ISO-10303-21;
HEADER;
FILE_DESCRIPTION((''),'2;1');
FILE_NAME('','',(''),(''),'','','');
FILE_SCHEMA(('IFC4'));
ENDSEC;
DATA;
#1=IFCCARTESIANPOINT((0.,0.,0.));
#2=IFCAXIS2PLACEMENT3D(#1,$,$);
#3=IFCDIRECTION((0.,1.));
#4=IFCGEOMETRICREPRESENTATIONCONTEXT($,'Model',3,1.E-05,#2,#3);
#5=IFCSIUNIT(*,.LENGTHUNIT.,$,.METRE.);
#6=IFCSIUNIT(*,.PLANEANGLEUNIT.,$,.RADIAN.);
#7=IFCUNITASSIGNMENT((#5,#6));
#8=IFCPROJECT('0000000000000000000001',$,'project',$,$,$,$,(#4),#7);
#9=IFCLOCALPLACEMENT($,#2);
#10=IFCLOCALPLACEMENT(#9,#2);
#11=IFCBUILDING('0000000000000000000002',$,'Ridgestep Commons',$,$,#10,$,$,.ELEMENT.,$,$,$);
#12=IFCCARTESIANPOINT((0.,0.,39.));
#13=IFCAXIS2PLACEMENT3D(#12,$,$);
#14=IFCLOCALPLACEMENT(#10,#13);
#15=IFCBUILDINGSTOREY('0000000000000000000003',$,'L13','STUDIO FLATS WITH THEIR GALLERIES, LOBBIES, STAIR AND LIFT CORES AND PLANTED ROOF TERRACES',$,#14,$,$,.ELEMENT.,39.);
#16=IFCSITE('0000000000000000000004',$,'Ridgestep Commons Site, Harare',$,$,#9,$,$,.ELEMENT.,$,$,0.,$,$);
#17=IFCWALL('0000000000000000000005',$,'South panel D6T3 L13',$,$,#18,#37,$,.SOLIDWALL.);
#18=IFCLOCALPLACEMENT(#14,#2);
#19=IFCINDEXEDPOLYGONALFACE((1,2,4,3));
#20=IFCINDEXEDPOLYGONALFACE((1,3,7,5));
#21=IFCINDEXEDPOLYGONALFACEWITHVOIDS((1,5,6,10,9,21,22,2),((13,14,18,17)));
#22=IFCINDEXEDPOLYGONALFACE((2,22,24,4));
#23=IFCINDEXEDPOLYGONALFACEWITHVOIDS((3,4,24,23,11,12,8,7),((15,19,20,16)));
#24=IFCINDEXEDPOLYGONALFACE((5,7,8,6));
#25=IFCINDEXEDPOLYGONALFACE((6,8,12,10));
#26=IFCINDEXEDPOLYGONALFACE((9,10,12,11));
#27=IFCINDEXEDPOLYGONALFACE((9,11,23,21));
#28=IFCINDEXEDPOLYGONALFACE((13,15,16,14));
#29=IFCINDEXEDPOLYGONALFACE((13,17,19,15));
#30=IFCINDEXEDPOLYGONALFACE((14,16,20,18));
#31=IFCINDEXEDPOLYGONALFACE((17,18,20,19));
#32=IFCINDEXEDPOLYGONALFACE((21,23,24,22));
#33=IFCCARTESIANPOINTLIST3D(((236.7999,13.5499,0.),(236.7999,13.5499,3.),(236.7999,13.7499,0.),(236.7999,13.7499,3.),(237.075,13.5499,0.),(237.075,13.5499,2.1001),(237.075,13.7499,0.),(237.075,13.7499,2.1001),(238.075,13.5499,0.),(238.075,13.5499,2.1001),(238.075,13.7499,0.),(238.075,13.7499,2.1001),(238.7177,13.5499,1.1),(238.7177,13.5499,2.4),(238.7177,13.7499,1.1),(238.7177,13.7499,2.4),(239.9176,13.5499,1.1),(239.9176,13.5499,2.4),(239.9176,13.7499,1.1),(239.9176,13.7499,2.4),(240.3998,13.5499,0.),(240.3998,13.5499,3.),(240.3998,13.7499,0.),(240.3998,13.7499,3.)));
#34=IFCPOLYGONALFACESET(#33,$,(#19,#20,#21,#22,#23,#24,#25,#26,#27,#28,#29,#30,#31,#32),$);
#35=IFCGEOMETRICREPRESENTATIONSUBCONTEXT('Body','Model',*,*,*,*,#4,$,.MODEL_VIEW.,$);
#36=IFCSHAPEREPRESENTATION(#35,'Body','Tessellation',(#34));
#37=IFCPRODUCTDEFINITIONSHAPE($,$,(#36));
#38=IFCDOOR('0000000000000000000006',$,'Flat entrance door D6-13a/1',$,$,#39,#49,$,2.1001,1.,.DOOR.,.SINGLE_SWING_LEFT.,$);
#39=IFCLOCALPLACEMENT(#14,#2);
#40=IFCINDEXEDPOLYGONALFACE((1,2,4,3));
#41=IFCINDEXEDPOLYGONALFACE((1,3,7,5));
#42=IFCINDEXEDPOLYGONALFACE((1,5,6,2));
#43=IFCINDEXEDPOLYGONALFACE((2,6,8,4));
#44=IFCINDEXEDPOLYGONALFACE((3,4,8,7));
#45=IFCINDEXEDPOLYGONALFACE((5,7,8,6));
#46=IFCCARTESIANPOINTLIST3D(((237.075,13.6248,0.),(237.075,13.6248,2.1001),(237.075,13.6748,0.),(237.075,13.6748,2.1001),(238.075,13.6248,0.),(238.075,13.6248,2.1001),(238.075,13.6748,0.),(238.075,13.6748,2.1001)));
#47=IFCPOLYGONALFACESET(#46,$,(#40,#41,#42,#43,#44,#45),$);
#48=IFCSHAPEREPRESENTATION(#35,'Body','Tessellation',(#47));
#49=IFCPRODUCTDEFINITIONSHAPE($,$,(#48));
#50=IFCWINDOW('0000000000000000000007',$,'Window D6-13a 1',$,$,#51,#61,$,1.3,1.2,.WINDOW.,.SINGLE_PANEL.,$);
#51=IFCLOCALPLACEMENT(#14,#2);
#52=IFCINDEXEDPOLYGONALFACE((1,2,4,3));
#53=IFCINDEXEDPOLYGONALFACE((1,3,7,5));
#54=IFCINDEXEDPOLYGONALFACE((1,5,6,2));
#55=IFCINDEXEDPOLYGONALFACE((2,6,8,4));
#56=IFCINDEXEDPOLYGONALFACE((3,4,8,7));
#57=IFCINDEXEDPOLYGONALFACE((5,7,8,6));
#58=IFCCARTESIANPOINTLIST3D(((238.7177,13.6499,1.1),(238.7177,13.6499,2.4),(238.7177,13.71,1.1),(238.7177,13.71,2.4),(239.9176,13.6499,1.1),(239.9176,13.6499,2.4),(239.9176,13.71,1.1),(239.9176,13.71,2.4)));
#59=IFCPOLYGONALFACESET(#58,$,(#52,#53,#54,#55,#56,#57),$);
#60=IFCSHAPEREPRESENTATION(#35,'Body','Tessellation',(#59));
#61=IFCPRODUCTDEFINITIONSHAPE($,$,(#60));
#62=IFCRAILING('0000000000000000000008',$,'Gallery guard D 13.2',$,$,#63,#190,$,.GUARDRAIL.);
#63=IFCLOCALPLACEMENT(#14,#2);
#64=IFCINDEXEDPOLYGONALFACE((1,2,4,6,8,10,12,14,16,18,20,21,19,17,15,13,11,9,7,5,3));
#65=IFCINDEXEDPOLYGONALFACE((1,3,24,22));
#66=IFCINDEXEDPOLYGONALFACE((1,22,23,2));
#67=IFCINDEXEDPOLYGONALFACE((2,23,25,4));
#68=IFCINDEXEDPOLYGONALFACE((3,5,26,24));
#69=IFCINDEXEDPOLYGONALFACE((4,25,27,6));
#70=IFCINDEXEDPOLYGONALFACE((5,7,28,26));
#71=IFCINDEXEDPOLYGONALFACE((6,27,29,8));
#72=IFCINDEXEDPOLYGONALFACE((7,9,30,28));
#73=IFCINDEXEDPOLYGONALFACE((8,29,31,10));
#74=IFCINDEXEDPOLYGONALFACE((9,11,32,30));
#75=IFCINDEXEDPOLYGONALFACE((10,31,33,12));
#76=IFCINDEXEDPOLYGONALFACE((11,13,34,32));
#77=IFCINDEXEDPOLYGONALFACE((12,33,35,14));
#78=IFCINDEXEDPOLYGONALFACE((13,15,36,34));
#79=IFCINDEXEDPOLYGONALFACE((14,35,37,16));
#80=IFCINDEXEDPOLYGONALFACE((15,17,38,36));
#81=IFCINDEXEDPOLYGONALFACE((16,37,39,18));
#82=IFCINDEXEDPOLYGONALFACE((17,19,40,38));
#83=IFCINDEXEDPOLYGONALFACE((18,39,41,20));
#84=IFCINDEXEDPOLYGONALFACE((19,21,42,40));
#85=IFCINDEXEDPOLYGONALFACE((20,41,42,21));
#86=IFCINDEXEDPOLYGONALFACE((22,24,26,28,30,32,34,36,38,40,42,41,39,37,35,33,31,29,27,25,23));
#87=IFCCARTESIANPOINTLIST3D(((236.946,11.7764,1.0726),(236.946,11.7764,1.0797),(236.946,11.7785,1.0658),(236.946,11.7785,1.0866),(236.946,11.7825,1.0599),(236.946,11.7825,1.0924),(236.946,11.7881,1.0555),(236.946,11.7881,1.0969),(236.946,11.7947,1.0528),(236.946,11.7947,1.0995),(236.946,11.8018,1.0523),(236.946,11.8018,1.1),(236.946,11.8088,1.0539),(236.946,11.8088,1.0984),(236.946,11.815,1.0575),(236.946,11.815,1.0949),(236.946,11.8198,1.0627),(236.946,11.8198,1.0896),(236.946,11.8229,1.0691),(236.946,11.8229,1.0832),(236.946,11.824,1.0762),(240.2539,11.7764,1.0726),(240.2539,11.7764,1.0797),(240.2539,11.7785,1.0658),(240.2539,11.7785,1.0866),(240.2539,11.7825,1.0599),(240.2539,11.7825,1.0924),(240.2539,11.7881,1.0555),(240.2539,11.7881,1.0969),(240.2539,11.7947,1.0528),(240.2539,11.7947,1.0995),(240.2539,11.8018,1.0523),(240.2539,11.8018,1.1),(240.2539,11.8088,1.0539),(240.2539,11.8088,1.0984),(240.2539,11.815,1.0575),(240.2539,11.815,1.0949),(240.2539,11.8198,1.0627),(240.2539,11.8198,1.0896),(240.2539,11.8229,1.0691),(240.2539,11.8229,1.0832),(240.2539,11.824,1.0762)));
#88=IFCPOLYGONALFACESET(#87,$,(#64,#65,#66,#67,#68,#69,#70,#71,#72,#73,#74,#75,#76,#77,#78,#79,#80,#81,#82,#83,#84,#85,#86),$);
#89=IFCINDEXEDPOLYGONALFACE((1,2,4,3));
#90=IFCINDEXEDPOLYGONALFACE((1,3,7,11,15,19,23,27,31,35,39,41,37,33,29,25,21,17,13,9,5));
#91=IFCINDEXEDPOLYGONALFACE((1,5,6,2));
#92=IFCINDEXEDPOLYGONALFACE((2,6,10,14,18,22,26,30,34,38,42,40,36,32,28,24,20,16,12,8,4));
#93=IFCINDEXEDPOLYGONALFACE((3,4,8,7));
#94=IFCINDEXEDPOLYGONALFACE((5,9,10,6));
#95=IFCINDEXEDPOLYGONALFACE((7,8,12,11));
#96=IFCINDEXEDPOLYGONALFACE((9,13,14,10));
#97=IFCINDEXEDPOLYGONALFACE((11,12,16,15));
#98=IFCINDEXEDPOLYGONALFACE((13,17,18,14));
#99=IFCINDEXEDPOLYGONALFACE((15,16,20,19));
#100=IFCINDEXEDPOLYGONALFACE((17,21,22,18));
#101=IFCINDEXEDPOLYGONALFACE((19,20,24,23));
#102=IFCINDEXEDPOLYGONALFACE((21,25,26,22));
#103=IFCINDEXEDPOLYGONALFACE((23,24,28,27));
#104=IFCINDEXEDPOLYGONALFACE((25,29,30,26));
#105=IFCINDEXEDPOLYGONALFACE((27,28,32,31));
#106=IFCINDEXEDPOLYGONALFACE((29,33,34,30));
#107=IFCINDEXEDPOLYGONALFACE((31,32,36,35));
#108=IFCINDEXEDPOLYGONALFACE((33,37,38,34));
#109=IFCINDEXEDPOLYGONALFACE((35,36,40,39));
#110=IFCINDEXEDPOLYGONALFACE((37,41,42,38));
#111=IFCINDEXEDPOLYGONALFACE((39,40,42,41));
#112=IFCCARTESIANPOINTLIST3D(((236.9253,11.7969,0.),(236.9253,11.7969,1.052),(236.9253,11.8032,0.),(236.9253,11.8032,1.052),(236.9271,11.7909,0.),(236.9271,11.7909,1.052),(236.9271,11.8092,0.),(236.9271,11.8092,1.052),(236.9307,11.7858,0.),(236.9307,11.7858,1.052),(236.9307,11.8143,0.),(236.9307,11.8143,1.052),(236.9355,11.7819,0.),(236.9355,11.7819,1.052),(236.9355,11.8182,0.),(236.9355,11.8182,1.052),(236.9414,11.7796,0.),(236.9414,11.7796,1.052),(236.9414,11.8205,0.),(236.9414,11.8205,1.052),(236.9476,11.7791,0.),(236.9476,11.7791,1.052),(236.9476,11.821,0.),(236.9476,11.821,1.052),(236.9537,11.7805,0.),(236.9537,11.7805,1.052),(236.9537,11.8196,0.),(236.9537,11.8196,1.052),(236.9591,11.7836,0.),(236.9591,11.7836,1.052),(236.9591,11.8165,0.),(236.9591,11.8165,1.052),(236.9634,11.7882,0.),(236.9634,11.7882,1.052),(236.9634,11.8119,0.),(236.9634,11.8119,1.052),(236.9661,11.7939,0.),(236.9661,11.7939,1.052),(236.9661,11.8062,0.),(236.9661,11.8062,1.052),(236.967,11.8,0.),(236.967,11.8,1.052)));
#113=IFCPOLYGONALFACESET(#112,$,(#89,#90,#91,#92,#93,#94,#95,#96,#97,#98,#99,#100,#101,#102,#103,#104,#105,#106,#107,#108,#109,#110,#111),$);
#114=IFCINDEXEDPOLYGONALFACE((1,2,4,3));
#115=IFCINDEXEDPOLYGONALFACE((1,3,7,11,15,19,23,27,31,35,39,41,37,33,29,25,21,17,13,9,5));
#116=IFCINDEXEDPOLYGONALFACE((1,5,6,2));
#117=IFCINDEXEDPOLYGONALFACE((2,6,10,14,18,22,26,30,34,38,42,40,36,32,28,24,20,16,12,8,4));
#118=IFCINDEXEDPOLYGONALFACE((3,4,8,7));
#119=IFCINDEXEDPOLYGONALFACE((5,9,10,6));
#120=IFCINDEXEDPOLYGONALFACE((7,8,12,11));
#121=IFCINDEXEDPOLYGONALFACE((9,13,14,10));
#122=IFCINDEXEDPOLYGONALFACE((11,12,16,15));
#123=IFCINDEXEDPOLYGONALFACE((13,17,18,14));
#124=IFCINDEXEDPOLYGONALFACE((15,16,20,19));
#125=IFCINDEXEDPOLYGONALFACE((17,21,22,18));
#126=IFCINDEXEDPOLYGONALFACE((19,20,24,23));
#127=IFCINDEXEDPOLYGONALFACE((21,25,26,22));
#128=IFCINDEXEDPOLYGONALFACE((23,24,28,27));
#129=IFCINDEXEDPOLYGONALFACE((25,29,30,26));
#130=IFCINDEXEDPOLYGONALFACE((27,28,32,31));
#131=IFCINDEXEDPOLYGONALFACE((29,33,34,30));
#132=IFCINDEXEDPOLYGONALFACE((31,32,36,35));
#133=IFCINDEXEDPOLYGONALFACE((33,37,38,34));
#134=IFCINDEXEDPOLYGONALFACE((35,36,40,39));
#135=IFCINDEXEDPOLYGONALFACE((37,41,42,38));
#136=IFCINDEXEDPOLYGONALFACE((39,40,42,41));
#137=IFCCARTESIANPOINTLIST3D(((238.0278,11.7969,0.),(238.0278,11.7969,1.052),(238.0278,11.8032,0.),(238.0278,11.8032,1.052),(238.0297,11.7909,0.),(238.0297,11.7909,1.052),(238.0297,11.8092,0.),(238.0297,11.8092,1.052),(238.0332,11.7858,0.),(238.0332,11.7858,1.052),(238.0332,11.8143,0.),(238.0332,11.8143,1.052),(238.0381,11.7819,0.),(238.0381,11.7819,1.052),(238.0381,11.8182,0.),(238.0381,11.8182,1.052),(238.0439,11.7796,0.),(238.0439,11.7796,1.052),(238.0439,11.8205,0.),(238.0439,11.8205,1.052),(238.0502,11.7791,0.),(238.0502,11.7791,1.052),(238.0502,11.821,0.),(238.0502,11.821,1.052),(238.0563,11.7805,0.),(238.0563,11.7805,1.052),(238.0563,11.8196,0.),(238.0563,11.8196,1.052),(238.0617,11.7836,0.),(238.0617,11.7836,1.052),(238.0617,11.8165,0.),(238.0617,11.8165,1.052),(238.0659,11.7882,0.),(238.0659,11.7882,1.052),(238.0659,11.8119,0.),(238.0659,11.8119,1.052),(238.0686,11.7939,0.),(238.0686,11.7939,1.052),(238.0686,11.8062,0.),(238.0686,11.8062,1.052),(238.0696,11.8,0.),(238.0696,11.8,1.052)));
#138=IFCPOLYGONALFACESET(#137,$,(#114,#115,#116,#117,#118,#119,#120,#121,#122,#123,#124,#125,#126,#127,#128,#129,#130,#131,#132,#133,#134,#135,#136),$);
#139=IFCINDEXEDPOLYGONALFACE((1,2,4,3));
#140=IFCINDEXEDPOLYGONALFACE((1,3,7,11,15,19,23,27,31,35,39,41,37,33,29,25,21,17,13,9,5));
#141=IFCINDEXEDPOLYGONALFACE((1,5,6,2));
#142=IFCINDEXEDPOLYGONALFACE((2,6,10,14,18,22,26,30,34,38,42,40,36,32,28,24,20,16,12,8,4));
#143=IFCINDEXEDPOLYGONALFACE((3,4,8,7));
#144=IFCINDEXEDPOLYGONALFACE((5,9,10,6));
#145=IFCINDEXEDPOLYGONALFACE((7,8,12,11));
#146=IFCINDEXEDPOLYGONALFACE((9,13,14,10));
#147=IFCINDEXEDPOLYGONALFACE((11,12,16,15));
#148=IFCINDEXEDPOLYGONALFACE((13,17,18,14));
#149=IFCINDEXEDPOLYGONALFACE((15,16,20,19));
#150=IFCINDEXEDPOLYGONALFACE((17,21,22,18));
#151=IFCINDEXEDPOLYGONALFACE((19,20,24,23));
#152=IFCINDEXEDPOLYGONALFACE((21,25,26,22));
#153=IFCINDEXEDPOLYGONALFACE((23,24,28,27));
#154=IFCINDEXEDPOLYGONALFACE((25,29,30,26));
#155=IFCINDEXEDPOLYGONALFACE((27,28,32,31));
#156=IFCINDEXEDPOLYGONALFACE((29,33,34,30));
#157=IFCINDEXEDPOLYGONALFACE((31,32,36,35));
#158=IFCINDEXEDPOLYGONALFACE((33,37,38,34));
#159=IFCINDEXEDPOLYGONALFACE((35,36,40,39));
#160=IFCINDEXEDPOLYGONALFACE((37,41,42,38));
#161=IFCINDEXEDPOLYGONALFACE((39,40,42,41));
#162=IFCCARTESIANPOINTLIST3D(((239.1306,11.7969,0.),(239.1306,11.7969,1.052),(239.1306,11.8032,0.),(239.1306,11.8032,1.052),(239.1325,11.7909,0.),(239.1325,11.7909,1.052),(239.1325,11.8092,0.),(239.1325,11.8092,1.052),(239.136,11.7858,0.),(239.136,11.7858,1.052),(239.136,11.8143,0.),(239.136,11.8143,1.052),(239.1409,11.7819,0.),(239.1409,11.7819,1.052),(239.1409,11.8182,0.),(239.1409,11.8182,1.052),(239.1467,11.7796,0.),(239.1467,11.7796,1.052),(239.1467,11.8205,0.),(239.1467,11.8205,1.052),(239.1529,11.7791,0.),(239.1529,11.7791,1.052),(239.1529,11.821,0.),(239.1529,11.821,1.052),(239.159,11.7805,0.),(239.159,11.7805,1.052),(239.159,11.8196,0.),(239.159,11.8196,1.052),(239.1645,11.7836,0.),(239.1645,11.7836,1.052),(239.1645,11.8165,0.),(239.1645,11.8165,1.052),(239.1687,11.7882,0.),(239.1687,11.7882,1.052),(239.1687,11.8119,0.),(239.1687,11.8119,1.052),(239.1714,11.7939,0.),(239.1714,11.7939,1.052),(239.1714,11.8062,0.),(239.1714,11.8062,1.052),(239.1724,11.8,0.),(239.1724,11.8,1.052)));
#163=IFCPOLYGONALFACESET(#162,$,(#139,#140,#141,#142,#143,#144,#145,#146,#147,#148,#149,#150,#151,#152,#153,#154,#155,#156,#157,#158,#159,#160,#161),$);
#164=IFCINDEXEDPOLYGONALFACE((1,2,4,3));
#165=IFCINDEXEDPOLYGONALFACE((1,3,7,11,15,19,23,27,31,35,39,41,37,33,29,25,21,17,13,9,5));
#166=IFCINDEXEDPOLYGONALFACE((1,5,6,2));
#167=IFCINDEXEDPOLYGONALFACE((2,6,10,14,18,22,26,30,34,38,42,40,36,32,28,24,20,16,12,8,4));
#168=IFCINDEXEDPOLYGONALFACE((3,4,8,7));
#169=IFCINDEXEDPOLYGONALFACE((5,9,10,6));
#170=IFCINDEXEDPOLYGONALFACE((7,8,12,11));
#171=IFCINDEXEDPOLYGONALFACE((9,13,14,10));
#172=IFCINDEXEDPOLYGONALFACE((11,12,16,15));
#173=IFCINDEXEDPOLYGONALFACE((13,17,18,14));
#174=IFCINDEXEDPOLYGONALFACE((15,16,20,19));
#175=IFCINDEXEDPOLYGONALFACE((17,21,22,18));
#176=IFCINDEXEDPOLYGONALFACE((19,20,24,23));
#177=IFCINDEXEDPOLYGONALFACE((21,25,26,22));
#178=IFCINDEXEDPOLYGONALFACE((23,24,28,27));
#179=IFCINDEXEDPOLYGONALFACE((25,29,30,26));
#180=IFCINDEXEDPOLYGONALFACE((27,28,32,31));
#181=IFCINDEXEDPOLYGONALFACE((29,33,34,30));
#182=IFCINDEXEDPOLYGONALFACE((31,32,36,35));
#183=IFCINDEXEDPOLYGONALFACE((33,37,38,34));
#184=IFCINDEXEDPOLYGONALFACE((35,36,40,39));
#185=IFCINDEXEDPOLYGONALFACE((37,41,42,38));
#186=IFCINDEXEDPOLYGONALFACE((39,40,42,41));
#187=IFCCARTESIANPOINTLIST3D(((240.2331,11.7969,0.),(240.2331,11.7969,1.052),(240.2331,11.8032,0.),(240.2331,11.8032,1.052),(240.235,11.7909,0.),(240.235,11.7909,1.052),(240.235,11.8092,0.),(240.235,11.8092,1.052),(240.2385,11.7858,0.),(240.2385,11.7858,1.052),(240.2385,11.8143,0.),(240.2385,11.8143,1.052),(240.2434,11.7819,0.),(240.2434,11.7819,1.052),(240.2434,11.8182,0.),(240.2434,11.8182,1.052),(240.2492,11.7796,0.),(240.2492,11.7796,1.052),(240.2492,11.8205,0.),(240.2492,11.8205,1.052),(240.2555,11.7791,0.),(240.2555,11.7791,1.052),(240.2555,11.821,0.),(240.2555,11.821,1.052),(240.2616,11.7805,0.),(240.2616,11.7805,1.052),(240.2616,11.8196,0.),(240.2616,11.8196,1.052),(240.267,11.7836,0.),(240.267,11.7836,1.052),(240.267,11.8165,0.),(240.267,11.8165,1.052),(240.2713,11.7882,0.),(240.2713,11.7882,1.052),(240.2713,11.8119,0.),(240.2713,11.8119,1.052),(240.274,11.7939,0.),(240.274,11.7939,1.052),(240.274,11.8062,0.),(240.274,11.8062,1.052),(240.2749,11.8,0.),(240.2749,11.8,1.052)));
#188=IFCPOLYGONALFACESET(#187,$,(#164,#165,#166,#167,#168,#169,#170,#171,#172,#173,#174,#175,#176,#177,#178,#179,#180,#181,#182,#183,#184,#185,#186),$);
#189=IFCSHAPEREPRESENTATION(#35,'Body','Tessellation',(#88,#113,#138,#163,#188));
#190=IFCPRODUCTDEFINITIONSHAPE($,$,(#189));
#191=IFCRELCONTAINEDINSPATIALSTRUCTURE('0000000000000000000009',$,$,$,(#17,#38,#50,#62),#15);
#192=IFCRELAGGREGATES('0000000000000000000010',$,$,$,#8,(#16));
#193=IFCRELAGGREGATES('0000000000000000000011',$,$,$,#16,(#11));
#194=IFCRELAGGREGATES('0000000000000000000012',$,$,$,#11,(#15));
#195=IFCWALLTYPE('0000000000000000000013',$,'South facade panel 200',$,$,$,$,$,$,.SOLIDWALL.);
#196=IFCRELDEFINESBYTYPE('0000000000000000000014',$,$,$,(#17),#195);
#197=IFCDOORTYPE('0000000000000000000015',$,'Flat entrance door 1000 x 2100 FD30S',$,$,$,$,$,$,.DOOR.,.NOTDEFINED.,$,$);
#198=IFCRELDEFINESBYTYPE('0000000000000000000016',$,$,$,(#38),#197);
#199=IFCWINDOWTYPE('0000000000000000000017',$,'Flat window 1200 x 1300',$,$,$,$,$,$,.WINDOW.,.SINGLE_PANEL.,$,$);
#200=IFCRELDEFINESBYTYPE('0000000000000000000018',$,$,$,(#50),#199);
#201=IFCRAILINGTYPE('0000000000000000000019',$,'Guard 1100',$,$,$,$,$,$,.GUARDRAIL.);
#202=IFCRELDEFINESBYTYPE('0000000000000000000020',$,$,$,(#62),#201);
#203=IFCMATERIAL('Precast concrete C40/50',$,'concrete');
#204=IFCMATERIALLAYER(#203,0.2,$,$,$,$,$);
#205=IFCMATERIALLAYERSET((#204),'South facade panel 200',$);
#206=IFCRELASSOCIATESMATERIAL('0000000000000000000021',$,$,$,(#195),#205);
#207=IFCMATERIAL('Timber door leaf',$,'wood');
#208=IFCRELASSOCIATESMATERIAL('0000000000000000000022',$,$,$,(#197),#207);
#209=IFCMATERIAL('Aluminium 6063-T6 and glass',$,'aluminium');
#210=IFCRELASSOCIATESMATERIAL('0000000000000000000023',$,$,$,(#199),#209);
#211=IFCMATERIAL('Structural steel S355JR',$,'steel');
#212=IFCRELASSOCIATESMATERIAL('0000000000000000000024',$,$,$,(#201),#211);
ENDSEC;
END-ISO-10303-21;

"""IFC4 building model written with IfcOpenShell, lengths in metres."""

from ifc_helpers import new_model, si_unit, direction, frame, frame_2d, origin, origin_2d, place, context, subcontext, project, spatial, rectangle, circle, extrude, material, layer, layer_set, type_object, element, fill, save


model = new_model("IFC4")

# Units and contexts
model_context = context("Model", 3, precision=1e-05, world=origin(), true_north=direction((0.0, 1.0)))
body_context = subcontext(model_context, "Body", "Model", "MODEL_VIEW")
ifc_project = project(units=[si_unit("LENGTHUNIT", "METRE"), si_unit("PLANEANGLEUNIT", "RADIAN")], contexts=[model_context])

# Site, building, storey
site_placement = place(None, origin())
site = spatial("IfcSite", under=ifc_project, at=site_placement, Name="Ridgestep Commons Site, Harare", CompositionType="ELEMENT", RefElevation=0.0)
building_placement = place(site_placement, origin())
building = spatial("IfcBuilding", under=site, at=building_placement, Name="Ridgestep Commons", CompositionType="ELEMENT")
storey_placement = place(building_placement, frame((0.0, 0.0, 39.0)))
storey = spatial("IfcBuildingStorey", under=building, at=storey_placement, Name="L13", Description="STUDIO FLATS WITH THEIR GALLERIES, LOBBIES, STAIR AND LIFT CORES AND PLANTED ROOF TERRACES", CompositionType="ELEMENT", Elevation=39.0)

# Wall, openings, door, window
ifc_material_1 = material(Name="Precast concrete C40/50", Category="concrete")
ifc_layer_1 = layer(ifc_material_1, 0.2)
ifc_layer_set_1 = layer_set([ifc_layer_1], Name="South facade panel 200")
wall_type_1 = type_object("IfcWallType", Name="South facade panel 200", PredefinedType="SOLIDWALL", material=ifc_layer_set_1)
wall_1_placement = place(storey_placement, frame((236.8, 13.6499, 0.0), z_axis=(0.0, 0.0, 1.0), x_axis=(1.0, 0.0, 0.0)))
wall_1 = element("IfcWall", 1, at=wall_1_placement, inside=storey, type_object=wall_type_1, Name="South panel D6T3 L13", PredefinedType="SOLIDWALL", context=body_context, shape_type="SweptSolid", body=[
    extrude(rectangle(XDim=3.5999, YDim=0.2, at=frame_2d((1.7998, 0.0))), origin(), (0.0, 0.0, 1.0), 3.0),
])
opening_1_placement = place(wall_1_placement, frame((1.9175, 0.0, 1.1001)))
opening_1 = element("IfcOpeningElement", 2, at=opening_1_placement, cuts=wall_1, PredefinedType="OPENING", context=body_context, shape_type="SweptSolid", body=[
    extrude(rectangle(XDim=1.2, YDim=1.3, at=frame_2d((0.6001, 0.6499))), frame((0.0, 0.1099, 0.0), z_axis=(0.0, -1.0, 0.0), x_axis=(1.0, 0.0, 0.0)), (0.0, 0.0, 1.0), 0.22),
])
opening_2_placement = place(wall_1_placement, frame((0.2749, 0.0, 0.0)))
opening_2 = element("IfcOpeningElement", 3, at=opening_2_placement, cuts=wall_1, PredefinedType="OPENING", context=body_context, shape_type="SweptSolid", body=[
    extrude(rectangle(XDim=1.0, YDim=2.1001, at=frame_2d((0.5, 1.05))), frame((0.0, 0.1099, 0.0), z_axis=(0.0, -1.0, 0.0), x_axis=(1.0, 0.0, 0.0)), (0.0, 0.0, 1.0), 0.22),
])
ifc_material_2 = material(Name="Timber door leaf", Category="wood")
door_type_1 = type_object("IfcDoorType", Name="Flat entrance door 1000 x 2100 FD30S", OperationType="NOTDEFINED", PredefinedType="DOOR", material=ifc_material_2)
door_1_placement = place(opening_2_placement, origin())
door_1 = element("IfcDoor", 4, at=door_1_placement, inside=storey, type_object=door_type_1, Name="Flat entrance door D6-13a/1", OperationType="SINGLE_SWING_LEFT", OverallHeight=2.1001, OverallWidth=1.0, PredefinedType="DOOR", context=body_context, shape_type="SweptSolid", body=[
    extrude(rectangle(XDim=1.0, YDim=2.1001, at=frame_2d((0.5, 1.05))), frame((0.0, 0.0249, 0.0), z_axis=(0.0, -1.0, 0.0), x_axis=(1.0, 0.0, 0.0)), (0.0, 0.0, 1.0), 0.05),
])
fill(opening_2, door_1)
ifc_material_3 = material(Name="Aluminium 6063-T6 and glass", Category="aluminium")
window_type_1 = type_object("IfcWindowType", Name="Flat window 1200 x 1300", PartitioningType="SINGLE_PANEL", PredefinedType="WINDOW", material=ifc_material_3)
window_1_placement = place(opening_1_placement, origin())
window_1 = element("IfcWindow", 5, at=window_1_placement, inside=storey, type_object=window_type_1, Name="Window D6-13a 1", OverallHeight=1.3, OverallWidth=1.2, PartitioningType="SINGLE_PANEL", PredefinedType="WINDOW", context=body_context, shape_type="SweptSolid", body=[
    extrude(rectangle(XDim=1.2, YDim=1.3, at=frame_2d((0.6001, 0.6499))), frame((0.0, 0.0601, 0.0), z_axis=(0.0, -1.0, 0.0), x_axis=(1.0, 0.0, 0.0)), (0.0, 0.0, 1.0), 0.0601),
])
fill(opening_1, window_1)

# Railing
ifc_material_4 = material(Name="Structural steel S355JR", Category="steel")
railing_type = type_object("IfcRailingType", Name="Guard 1100", PredefinedType="GUARDRAIL", material=ifc_material_4)
railing_1_placement = place(storey_placement, frame((236.946, 11.8, 0.0)))
element("IfcRailing", 6, at=railing_1_placement, inside=storey, type_object=railing_type, Name="Gallery guard D 13.2", PredefinedType="GUARDRAIL", context=body_context, shape_type="SweptSolid", body=[
    extrude(circle(Radius=0.0239, at=origin_2d()), frame((0.0, 0.0, 1.0762), z_axis=(1.0, 0.0, 0.0), x_axis=(0.0, 1.0, 0.0)), (0.0, 0.0, 1.0), 3.3079),
    extrude(circle(Radius=0.021, at=origin_2d()), origin(), (0.0, 0.0, 1.0), 1.052),
    extrude(circle(Radius=0.021, at=origin_2d()), frame((1.1025, 0.0, 0.0)), (0.0, 0.0, 1.0), 1.052),
    extrude(circle(Radius=0.021, at=origin_2d()), frame((2.2053, 0.0, 0.0)), (0.0, 0.0, 1.0), 1.052),
    extrude(circle(Radius=0.021, at=origin_2d()), frame((3.3079, 0.0, 0.0)), (0.0, 0.0, 1.0), 1.052),
])

save(model, "model.ifc")
